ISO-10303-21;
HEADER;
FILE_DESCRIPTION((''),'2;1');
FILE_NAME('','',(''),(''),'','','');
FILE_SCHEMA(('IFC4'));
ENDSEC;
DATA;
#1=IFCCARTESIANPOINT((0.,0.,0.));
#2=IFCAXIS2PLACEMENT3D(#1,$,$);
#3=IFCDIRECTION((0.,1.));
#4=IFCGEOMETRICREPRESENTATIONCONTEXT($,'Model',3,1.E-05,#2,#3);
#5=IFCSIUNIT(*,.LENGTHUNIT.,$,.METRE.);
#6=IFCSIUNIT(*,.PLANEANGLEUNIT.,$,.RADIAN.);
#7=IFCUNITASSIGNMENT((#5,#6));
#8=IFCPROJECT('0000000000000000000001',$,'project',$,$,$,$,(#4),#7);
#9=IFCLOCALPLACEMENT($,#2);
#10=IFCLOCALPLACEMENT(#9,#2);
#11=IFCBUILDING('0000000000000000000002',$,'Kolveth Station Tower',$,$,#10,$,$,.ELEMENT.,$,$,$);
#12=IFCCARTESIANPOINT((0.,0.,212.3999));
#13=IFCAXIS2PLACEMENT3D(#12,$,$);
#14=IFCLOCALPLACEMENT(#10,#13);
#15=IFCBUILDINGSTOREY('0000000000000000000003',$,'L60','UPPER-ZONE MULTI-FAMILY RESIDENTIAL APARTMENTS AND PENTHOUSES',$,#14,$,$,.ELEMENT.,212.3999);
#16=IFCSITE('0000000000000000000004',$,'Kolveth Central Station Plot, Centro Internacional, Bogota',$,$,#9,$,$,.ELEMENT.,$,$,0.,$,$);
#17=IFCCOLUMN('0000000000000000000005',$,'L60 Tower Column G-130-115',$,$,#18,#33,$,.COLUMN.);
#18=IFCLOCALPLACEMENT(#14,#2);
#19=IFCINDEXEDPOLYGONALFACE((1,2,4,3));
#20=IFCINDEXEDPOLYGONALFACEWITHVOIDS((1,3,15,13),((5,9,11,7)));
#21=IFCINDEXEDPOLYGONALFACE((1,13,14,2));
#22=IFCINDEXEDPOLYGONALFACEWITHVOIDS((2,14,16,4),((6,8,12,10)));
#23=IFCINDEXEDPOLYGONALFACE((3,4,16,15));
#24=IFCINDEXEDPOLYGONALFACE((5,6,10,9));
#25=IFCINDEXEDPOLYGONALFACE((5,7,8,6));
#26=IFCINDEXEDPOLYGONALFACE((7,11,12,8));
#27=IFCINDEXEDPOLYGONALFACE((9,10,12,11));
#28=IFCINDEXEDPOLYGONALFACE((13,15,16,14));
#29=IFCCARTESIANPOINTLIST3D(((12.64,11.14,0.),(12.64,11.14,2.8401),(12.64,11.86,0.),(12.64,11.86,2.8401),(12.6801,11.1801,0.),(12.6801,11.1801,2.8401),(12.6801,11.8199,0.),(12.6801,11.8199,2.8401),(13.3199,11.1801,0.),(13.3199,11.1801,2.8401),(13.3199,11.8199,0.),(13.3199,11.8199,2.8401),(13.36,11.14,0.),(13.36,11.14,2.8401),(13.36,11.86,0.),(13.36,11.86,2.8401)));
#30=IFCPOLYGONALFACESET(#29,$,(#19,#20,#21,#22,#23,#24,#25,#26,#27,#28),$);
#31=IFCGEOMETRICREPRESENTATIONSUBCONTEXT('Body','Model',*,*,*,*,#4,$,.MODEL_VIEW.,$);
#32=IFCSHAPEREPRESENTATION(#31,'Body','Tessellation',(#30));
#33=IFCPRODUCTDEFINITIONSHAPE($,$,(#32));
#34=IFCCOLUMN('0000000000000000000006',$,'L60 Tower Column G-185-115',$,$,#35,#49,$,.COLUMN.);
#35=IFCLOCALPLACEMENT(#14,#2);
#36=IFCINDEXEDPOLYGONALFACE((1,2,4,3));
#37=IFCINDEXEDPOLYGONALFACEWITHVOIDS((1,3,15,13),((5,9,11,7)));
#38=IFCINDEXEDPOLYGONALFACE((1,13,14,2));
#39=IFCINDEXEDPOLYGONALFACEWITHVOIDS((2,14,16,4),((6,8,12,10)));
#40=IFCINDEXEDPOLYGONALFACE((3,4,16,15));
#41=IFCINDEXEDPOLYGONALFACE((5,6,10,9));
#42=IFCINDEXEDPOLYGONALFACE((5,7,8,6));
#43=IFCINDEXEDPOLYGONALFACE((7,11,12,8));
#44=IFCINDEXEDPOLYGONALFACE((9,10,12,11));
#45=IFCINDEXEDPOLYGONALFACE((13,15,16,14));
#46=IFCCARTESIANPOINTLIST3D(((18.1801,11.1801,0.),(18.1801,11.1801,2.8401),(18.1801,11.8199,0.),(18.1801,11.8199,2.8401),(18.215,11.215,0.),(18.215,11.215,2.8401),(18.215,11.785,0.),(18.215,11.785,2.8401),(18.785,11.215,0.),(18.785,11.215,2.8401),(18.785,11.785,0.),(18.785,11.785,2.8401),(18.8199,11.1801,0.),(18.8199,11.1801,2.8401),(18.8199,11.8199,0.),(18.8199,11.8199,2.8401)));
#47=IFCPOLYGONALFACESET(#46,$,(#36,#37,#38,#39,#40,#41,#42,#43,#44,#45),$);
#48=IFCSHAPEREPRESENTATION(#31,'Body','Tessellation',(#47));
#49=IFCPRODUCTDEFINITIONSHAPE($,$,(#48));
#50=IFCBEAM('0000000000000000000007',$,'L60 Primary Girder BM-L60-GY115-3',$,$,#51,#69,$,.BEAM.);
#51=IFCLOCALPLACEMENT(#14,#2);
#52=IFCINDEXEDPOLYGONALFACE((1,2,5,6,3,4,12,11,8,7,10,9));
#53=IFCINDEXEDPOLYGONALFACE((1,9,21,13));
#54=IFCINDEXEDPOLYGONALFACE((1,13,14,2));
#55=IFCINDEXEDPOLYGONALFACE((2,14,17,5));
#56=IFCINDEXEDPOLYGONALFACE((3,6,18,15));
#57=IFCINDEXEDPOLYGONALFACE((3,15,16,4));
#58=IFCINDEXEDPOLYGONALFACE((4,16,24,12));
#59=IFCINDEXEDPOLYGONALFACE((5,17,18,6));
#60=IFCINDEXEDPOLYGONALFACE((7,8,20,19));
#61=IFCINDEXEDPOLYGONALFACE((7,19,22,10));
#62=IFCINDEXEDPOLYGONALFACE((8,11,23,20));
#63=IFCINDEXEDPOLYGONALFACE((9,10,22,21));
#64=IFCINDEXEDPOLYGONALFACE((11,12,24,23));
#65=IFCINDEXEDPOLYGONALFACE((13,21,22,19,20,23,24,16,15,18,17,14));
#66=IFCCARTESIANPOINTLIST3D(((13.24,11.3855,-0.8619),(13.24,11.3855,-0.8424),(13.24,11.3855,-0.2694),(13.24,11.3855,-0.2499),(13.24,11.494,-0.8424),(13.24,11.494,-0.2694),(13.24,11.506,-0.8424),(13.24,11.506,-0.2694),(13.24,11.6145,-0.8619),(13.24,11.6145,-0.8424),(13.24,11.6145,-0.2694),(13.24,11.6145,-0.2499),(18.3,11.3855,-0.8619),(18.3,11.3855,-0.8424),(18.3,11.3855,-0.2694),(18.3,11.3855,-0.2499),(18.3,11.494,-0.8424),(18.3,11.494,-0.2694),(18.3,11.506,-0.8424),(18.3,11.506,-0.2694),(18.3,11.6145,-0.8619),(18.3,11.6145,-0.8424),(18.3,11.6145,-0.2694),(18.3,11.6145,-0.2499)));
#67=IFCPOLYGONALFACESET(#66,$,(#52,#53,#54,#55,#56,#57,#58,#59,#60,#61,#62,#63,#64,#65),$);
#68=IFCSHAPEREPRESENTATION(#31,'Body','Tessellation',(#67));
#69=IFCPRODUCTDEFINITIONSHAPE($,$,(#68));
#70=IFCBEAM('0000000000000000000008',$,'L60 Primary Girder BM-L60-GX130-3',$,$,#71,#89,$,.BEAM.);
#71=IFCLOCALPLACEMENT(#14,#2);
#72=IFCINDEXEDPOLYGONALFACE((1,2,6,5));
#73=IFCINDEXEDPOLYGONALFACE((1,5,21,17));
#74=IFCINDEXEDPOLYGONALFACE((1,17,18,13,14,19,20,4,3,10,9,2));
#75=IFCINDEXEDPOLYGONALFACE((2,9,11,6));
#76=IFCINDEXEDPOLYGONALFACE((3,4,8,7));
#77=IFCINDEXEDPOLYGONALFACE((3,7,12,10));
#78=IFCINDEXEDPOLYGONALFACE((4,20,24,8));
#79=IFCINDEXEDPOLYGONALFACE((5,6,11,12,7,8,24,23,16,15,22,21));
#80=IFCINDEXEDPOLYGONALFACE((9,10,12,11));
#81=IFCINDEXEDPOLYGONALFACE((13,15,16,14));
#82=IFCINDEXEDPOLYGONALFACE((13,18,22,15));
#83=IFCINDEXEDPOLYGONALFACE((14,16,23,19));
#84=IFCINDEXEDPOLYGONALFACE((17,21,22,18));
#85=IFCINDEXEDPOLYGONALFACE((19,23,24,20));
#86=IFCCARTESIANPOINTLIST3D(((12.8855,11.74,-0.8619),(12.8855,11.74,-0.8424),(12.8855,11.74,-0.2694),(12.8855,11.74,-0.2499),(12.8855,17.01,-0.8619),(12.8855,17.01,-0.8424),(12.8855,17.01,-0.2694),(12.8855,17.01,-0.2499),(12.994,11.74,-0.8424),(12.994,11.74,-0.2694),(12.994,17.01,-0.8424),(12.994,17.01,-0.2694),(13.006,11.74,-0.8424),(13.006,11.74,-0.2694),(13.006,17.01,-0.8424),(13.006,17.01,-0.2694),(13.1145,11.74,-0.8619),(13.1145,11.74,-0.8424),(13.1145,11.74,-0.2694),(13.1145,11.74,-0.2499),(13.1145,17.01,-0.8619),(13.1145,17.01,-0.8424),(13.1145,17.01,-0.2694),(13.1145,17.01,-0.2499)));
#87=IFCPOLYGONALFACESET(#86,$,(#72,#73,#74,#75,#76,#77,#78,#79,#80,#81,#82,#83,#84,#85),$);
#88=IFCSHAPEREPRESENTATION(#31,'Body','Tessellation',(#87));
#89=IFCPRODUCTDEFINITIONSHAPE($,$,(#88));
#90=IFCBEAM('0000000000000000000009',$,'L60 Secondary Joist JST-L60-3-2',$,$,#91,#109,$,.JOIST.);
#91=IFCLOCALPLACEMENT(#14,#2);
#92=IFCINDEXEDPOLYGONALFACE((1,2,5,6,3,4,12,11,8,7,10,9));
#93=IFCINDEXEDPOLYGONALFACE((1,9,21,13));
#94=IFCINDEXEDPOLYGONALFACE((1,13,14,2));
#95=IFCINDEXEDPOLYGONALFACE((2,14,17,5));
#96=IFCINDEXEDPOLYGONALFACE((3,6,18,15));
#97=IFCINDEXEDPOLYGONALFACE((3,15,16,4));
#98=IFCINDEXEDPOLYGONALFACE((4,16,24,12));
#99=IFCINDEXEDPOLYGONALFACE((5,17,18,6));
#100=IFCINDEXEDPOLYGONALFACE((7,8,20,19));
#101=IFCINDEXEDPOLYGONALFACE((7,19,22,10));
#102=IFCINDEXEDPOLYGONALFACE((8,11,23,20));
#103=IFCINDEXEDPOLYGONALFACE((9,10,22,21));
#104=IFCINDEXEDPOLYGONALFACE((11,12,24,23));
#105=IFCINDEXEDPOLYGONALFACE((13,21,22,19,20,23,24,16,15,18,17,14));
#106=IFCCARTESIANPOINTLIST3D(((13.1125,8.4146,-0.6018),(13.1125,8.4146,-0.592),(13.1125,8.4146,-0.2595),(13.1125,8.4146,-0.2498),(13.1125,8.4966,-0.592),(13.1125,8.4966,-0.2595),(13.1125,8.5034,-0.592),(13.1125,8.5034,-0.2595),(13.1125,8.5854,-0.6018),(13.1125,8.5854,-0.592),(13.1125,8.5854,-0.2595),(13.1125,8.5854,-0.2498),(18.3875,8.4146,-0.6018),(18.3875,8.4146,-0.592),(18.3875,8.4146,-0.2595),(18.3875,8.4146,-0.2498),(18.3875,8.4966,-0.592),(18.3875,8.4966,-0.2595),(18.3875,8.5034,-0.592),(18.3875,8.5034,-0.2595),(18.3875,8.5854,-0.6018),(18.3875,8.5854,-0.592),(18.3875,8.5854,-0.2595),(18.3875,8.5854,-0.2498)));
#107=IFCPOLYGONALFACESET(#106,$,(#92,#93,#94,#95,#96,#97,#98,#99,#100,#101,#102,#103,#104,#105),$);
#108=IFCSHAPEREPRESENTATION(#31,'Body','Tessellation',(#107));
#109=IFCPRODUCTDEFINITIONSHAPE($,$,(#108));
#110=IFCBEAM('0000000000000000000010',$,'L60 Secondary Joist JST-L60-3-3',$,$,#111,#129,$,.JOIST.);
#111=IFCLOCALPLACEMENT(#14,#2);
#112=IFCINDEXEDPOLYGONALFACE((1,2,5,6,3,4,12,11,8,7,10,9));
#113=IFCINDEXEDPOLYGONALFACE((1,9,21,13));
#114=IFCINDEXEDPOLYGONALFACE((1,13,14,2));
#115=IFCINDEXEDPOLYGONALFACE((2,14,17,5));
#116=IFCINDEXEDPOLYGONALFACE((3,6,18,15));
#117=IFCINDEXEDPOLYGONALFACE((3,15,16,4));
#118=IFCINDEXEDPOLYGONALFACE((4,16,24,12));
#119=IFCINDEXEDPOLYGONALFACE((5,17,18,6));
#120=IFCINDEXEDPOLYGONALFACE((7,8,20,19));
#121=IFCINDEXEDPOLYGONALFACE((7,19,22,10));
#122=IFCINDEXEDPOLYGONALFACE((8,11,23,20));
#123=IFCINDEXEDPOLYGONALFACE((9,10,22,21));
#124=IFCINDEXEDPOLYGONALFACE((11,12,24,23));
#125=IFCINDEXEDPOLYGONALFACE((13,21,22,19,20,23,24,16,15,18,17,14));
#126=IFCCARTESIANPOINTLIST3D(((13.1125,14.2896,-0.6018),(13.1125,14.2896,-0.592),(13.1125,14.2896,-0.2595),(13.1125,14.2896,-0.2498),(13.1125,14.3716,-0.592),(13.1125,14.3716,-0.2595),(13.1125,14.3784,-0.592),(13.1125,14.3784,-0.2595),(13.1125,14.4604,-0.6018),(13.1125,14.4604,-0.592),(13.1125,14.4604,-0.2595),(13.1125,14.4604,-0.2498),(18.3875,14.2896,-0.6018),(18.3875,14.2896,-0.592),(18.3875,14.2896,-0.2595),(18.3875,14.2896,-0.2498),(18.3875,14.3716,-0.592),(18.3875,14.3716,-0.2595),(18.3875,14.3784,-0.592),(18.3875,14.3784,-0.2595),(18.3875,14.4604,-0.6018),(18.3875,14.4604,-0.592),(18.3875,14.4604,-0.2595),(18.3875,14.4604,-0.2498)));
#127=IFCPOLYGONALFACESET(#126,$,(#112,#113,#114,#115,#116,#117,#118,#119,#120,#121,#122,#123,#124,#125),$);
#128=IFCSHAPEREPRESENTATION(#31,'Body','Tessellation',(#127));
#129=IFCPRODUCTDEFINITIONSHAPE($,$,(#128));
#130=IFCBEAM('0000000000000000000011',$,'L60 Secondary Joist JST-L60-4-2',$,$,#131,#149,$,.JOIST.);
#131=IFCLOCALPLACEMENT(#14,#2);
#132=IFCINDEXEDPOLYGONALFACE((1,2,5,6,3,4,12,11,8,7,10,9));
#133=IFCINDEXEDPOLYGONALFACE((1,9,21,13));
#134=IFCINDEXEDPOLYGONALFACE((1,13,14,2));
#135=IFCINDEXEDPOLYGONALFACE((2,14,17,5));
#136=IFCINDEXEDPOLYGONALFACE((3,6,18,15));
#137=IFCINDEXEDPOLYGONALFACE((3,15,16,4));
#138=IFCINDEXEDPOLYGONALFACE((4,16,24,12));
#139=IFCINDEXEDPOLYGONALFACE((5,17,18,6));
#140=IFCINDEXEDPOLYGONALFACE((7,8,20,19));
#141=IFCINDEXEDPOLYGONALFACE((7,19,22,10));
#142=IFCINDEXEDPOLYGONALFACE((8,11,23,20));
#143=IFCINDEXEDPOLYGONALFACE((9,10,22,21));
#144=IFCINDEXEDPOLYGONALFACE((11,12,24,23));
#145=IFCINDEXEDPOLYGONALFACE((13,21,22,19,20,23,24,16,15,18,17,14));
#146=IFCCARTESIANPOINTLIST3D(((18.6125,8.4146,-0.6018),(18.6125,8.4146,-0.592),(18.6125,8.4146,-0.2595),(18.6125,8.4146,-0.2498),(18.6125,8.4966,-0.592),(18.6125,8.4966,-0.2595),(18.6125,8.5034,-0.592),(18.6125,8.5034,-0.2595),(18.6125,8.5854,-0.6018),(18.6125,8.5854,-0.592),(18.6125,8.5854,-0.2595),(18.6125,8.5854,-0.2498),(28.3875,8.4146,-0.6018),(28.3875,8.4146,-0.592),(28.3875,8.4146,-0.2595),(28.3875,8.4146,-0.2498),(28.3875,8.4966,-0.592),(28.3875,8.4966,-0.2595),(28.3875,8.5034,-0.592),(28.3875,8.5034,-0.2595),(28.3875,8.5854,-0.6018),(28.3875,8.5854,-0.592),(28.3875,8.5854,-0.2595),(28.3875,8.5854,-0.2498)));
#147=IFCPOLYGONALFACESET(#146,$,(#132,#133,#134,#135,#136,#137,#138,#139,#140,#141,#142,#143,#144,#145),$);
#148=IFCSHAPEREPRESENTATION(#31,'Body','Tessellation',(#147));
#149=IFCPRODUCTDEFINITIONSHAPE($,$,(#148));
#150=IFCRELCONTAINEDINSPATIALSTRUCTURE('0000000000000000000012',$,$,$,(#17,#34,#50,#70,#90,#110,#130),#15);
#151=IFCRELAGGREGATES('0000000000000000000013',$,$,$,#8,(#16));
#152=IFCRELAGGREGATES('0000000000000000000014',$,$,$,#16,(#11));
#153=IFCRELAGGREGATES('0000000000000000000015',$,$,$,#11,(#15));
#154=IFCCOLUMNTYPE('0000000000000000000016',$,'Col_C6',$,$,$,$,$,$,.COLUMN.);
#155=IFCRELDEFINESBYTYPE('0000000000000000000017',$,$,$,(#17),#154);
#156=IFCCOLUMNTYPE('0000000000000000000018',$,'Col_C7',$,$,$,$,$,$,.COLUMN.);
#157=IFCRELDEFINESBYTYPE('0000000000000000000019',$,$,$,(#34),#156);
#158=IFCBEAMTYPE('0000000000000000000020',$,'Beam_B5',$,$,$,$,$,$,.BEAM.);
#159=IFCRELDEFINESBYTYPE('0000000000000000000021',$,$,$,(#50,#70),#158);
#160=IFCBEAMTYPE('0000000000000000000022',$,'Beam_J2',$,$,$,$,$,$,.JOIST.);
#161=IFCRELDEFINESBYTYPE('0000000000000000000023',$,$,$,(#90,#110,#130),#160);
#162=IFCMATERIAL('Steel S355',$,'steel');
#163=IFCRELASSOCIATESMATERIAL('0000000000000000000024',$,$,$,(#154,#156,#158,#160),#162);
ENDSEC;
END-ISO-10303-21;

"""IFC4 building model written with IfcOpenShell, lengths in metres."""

from ifc_helpers import new_model, si_unit, direction, frame, origin, origin_2d, place, context, subcontext, project, spatial, hollow_rectangle, i_section, extrude, source, transform, mapped, material, material_profile, profile_set, type_object, element, save


model = new_model("IFC4")

# Units and contexts
model_context = context("Model", 3, precision=1e-05, world=origin(), true_north=direction((0.0, 1.0)))
body_context = subcontext(model_context, "Body", "Model", "MODEL_VIEW")
ifc_project = project(units=[si_unit("LENGTHUNIT", "METRE"), si_unit("PLANEANGLEUNIT", "RADIAN")], contexts=[model_context])

# Site, building, storey
site_placement = place(None, origin())
site = spatial("IfcSite", under=ifc_project, at=site_placement, Name="Kolveth Central Station Plot, Centro Internacional, Bogota", CompositionType="ELEMENT", RefElevation=0.0)
building_placement = place(site_placement, origin())
building = spatial("IfcBuilding", under=site, at=building_placement, Name="Kolveth Station Tower", CompositionType="ELEMENT")
storey_placement = place(building_placement, frame((0.0, 0.0, 212.3999)))
storey = spatial("IfcBuildingStorey", under=building, at=storey_placement, Name="L60", Description="UPPER-ZONE MULTI-FAMILY RESIDENTIAL APARTMENTS AND PENTHOUSES", CompositionType="ELEMENT", Elevation=212.3999)

# Columns
ifc_material_1 = material(Name="Steel S355", Category="steel")
ifc_material_profile_1 = material_profile(ifc_material_1, hollow_rectangle(XDim=0.72, YDim=0.72, WallThickness=0.04, at=origin_2d()), Name="BOX720x720x40")
ifc_profile_set_1 = profile_set([ifc_material_profile_1], Name="Steel S355")
column_type_1 = type_object("IfcColumnType", Name="Col_C6", PredefinedType="COLUMN", material=ifc_profile_set_1)
shared_shape_1 = source(origin(), body_context, "Body", "SweptSolid", [
    extrude(hollow_rectangle(XDim=0.72, YDim=0.72, WallThickness=0.04, at=origin_2d()), origin(), (0.0, 0.0, 1.0), 2.8401),
])
column_1_placement = place(storey_placement, frame((13.0, 11.5, 0.0), z_axis=(0.0, 0.0, 1.0), x_axis=(1.0, 0.0, 0.0)))
element("IfcColumn", 1, at=column_1_placement, inside=storey, type_object=column_type_1, Name="L60 Tower Column G-130-115", PredefinedType="COLUMN", context=body_context, shape_type="MappedRepresentation", body=[
    mapped(shared_shape_1, transform((0.0, 0.0, 0.0), x_axis=(1.0, 0.0, 0.0), y_axis=(0.0, 1.0, 0.0), z_axis=(0.0, 0.0, 1.0), scale=1.0)),
])
ifc_material_profile_2 = material_profile(ifc_material_1, hollow_rectangle(XDim=0.6399, YDim=0.6399, WallThickness=0.0349, at=origin_2d()), Name="BOX640x640x35")
ifc_profile_set_2 = profile_set([ifc_material_profile_2], Name="Steel S355")
column_type_2 = type_object("IfcColumnType", Name="Col_C7", PredefinedType="COLUMN", material=ifc_profile_set_2)
shared_shape_2 = source(origin(), body_context, "Body", "SweptSolid", [
    extrude(hollow_rectangle(XDim=0.6399, YDim=0.6399, WallThickness=0.0349, at=origin_2d()), origin(), (0.0, 0.0, 1.0), 2.8401),
])
column_2_placement = place(storey_placement, frame((18.5, 11.5, 0.0), z_axis=(0.0, 0.0, 1.0), x_axis=(1.0, 0.0, 0.0)))
element("IfcColumn", 2, at=column_2_placement, inside=storey, type_object=column_type_2, Name="L60 Tower Column G-185-115", PredefinedType="COLUMN", context=body_context, shape_type="MappedRepresentation", body=[
    mapped(shared_shape_2, transform((0.0, 0.0, 0.0), x_axis=(1.0, 0.0, 0.0), y_axis=(0.0, 1.0, 0.0), z_axis=(0.0, 0.0, 1.0), scale=1.0)),
])

# Beams
ifc_material_profile_3 = material_profile(ifc_material_1, i_section(OverallWidth=0.229, OverallDepth=0.6121, WebThickness=0.012, FlangeThickness=0.0195, at=origin_2d()), Name="W610x125")
ifc_profile_set_3 = profile_set([ifc_material_profile_3], Name="Steel S355")
beam_type_1 = type_object("IfcBeamType", Name="Beam_B5", PredefinedType="BEAM", material=ifc_profile_set_3)
shared_shape_3 = source(origin(), body_context, "Body", "SweptSolid", [
    extrude(i_section(OverallWidth=0.229, OverallDepth=0.6121, WebThickness=0.012, FlangeThickness=0.0195, at=origin_2d()), origin(), (0.0, 0.0, 1.0), 5.0601),
])
beam_1_placement = place(storey_placement, frame((13.24, 11.5, -0.5559), z_axis=(1.0, 0.0, 0.0), x_axis=(0.0, 1.0, 0.0)))
element("IfcBeam", 3, at=beam_1_placement, inside=storey, type_object=beam_type_1, Name="L60 Primary Girder BM-L60-GY115-3", PredefinedType="BEAM", context=body_context, shape_type="MappedRepresentation", body=[
    mapped(shared_shape_3, transform((0.0, 0.0, 0.0), x_axis=(1.0, 0.0, 0.0), y_axis=(0.0, 1.0, 0.0), z_axis=(0.0, 0.0, 1.0), scale=1.0)),
])
shared_shape_4 = source(origin(), body_context, "Body", "SweptSolid", [
    extrude(i_section(OverallWidth=0.229, OverallDepth=0.6121, WebThickness=0.012, FlangeThickness=0.0195, at=origin_2d()), origin(), (0.0, 0.0, 1.0), 5.27),
])
beam_2_placement = place(storey_placement, frame((13.0, 11.74, -0.5559), z_axis=(0.0, 1.0, 0.0), x_axis=(-1.0, 0.0, 0.0)))
element("IfcBeam", 4, at=beam_2_placement, inside=storey, type_object=beam_type_1, Name="L60 Primary Girder BM-L60-GX130-3", PredefinedType="BEAM", context=body_context, shape_type="MappedRepresentation", body=[
    mapped(shared_shape_4, transform((0.0, 0.0, 0.0), x_axis=(1.0, 0.0, 0.0), y_axis=(0.0, 1.0, 0.0), z_axis=(0.0, 0.0, 1.0), scale=1.0)),
])
ifc_material_profile_4 = material_profile(ifc_material_1, i_section(OverallWidth=0.1709, OverallDepth=0.3521, WebThickness=0.0068, FlangeThickness=0.0098, at=origin_2d()), Name="W360x44")
ifc_profile_set_4 = profile_set([ifc_material_profile_4], Name="Steel S355")
beam_type_2 = type_object("IfcBeamType", Name="Beam_J2", PredefinedType="JOIST", material=ifc_profile_set_4)
shared_shape_5 = source(origin(), body_context, "Body", "SweptSolid", [
    extrude(i_section(OverallWidth=0.1709, OverallDepth=0.3521, WebThickness=0.0068, FlangeThickness=0.0098, at=origin_2d()), origin(), (0.0, 0.0, 1.0), 5.2749),
])
for number, where, z_axis, x_axis, name in (
    (5, (13.1125, 8.5, -0.4258), (1.0, 0.0, 0.0), (0.0, 1.0, 0.0), "L60 Secondary Joist JST-L60-3-2"),
    (6, (13.1125, 14.375, -0.4258), (1.0, 0.0, 0.0), (0.0, 1.0, 0.0), "L60 Secondary Joist JST-L60-3-3"),
):
    element("IfcBeam", number, at=place(storey_placement, frame(where, z_axis=z_axis, x_axis=x_axis)), inside=storey, type_object=beam_type_2, Name=name, PredefinedType="JOIST", context=body_context, shape_type="MappedRepresentation", body=[
        mapped(shared_shape_5, transform((0.0, 0.0, 0.0), x_axis=(1.0, 0.0, 0.0), y_axis=(0.0, 1.0, 0.0), z_axis=(0.0, 0.0, 1.0), scale=1.0)),
    ])
shared_shape_6 = source(origin(), body_context, "Body", "SweptSolid", [
    extrude(i_section(OverallWidth=0.1709, OverallDepth=0.3521, WebThickness=0.0068, FlangeThickness=0.0098, at=origin_2d()), origin(), (0.0, 0.0, 1.0), 9.7749),
])
beam_3_placement = place(storey_placement, frame((18.6125, 8.5, -0.4258), z_axis=(1.0, 0.0, 0.0), x_axis=(0.0, 1.0, 0.0)))
element("IfcBeam", 7, at=beam_3_placement, inside=storey, type_object=beam_type_2, Name="L60 Secondary Joist JST-L60-4-2", PredefinedType="JOIST", context=body_context, shape_type="MappedRepresentation", body=[
    mapped(shared_shape_6, transform((0.0, 0.0, 0.0), x_axis=(1.0, 0.0, 0.0), y_axis=(0.0, 1.0, 0.0), z_axis=(0.0, 0.0, 1.0), scale=1.0)),
])

save(model, "model.ifc")
